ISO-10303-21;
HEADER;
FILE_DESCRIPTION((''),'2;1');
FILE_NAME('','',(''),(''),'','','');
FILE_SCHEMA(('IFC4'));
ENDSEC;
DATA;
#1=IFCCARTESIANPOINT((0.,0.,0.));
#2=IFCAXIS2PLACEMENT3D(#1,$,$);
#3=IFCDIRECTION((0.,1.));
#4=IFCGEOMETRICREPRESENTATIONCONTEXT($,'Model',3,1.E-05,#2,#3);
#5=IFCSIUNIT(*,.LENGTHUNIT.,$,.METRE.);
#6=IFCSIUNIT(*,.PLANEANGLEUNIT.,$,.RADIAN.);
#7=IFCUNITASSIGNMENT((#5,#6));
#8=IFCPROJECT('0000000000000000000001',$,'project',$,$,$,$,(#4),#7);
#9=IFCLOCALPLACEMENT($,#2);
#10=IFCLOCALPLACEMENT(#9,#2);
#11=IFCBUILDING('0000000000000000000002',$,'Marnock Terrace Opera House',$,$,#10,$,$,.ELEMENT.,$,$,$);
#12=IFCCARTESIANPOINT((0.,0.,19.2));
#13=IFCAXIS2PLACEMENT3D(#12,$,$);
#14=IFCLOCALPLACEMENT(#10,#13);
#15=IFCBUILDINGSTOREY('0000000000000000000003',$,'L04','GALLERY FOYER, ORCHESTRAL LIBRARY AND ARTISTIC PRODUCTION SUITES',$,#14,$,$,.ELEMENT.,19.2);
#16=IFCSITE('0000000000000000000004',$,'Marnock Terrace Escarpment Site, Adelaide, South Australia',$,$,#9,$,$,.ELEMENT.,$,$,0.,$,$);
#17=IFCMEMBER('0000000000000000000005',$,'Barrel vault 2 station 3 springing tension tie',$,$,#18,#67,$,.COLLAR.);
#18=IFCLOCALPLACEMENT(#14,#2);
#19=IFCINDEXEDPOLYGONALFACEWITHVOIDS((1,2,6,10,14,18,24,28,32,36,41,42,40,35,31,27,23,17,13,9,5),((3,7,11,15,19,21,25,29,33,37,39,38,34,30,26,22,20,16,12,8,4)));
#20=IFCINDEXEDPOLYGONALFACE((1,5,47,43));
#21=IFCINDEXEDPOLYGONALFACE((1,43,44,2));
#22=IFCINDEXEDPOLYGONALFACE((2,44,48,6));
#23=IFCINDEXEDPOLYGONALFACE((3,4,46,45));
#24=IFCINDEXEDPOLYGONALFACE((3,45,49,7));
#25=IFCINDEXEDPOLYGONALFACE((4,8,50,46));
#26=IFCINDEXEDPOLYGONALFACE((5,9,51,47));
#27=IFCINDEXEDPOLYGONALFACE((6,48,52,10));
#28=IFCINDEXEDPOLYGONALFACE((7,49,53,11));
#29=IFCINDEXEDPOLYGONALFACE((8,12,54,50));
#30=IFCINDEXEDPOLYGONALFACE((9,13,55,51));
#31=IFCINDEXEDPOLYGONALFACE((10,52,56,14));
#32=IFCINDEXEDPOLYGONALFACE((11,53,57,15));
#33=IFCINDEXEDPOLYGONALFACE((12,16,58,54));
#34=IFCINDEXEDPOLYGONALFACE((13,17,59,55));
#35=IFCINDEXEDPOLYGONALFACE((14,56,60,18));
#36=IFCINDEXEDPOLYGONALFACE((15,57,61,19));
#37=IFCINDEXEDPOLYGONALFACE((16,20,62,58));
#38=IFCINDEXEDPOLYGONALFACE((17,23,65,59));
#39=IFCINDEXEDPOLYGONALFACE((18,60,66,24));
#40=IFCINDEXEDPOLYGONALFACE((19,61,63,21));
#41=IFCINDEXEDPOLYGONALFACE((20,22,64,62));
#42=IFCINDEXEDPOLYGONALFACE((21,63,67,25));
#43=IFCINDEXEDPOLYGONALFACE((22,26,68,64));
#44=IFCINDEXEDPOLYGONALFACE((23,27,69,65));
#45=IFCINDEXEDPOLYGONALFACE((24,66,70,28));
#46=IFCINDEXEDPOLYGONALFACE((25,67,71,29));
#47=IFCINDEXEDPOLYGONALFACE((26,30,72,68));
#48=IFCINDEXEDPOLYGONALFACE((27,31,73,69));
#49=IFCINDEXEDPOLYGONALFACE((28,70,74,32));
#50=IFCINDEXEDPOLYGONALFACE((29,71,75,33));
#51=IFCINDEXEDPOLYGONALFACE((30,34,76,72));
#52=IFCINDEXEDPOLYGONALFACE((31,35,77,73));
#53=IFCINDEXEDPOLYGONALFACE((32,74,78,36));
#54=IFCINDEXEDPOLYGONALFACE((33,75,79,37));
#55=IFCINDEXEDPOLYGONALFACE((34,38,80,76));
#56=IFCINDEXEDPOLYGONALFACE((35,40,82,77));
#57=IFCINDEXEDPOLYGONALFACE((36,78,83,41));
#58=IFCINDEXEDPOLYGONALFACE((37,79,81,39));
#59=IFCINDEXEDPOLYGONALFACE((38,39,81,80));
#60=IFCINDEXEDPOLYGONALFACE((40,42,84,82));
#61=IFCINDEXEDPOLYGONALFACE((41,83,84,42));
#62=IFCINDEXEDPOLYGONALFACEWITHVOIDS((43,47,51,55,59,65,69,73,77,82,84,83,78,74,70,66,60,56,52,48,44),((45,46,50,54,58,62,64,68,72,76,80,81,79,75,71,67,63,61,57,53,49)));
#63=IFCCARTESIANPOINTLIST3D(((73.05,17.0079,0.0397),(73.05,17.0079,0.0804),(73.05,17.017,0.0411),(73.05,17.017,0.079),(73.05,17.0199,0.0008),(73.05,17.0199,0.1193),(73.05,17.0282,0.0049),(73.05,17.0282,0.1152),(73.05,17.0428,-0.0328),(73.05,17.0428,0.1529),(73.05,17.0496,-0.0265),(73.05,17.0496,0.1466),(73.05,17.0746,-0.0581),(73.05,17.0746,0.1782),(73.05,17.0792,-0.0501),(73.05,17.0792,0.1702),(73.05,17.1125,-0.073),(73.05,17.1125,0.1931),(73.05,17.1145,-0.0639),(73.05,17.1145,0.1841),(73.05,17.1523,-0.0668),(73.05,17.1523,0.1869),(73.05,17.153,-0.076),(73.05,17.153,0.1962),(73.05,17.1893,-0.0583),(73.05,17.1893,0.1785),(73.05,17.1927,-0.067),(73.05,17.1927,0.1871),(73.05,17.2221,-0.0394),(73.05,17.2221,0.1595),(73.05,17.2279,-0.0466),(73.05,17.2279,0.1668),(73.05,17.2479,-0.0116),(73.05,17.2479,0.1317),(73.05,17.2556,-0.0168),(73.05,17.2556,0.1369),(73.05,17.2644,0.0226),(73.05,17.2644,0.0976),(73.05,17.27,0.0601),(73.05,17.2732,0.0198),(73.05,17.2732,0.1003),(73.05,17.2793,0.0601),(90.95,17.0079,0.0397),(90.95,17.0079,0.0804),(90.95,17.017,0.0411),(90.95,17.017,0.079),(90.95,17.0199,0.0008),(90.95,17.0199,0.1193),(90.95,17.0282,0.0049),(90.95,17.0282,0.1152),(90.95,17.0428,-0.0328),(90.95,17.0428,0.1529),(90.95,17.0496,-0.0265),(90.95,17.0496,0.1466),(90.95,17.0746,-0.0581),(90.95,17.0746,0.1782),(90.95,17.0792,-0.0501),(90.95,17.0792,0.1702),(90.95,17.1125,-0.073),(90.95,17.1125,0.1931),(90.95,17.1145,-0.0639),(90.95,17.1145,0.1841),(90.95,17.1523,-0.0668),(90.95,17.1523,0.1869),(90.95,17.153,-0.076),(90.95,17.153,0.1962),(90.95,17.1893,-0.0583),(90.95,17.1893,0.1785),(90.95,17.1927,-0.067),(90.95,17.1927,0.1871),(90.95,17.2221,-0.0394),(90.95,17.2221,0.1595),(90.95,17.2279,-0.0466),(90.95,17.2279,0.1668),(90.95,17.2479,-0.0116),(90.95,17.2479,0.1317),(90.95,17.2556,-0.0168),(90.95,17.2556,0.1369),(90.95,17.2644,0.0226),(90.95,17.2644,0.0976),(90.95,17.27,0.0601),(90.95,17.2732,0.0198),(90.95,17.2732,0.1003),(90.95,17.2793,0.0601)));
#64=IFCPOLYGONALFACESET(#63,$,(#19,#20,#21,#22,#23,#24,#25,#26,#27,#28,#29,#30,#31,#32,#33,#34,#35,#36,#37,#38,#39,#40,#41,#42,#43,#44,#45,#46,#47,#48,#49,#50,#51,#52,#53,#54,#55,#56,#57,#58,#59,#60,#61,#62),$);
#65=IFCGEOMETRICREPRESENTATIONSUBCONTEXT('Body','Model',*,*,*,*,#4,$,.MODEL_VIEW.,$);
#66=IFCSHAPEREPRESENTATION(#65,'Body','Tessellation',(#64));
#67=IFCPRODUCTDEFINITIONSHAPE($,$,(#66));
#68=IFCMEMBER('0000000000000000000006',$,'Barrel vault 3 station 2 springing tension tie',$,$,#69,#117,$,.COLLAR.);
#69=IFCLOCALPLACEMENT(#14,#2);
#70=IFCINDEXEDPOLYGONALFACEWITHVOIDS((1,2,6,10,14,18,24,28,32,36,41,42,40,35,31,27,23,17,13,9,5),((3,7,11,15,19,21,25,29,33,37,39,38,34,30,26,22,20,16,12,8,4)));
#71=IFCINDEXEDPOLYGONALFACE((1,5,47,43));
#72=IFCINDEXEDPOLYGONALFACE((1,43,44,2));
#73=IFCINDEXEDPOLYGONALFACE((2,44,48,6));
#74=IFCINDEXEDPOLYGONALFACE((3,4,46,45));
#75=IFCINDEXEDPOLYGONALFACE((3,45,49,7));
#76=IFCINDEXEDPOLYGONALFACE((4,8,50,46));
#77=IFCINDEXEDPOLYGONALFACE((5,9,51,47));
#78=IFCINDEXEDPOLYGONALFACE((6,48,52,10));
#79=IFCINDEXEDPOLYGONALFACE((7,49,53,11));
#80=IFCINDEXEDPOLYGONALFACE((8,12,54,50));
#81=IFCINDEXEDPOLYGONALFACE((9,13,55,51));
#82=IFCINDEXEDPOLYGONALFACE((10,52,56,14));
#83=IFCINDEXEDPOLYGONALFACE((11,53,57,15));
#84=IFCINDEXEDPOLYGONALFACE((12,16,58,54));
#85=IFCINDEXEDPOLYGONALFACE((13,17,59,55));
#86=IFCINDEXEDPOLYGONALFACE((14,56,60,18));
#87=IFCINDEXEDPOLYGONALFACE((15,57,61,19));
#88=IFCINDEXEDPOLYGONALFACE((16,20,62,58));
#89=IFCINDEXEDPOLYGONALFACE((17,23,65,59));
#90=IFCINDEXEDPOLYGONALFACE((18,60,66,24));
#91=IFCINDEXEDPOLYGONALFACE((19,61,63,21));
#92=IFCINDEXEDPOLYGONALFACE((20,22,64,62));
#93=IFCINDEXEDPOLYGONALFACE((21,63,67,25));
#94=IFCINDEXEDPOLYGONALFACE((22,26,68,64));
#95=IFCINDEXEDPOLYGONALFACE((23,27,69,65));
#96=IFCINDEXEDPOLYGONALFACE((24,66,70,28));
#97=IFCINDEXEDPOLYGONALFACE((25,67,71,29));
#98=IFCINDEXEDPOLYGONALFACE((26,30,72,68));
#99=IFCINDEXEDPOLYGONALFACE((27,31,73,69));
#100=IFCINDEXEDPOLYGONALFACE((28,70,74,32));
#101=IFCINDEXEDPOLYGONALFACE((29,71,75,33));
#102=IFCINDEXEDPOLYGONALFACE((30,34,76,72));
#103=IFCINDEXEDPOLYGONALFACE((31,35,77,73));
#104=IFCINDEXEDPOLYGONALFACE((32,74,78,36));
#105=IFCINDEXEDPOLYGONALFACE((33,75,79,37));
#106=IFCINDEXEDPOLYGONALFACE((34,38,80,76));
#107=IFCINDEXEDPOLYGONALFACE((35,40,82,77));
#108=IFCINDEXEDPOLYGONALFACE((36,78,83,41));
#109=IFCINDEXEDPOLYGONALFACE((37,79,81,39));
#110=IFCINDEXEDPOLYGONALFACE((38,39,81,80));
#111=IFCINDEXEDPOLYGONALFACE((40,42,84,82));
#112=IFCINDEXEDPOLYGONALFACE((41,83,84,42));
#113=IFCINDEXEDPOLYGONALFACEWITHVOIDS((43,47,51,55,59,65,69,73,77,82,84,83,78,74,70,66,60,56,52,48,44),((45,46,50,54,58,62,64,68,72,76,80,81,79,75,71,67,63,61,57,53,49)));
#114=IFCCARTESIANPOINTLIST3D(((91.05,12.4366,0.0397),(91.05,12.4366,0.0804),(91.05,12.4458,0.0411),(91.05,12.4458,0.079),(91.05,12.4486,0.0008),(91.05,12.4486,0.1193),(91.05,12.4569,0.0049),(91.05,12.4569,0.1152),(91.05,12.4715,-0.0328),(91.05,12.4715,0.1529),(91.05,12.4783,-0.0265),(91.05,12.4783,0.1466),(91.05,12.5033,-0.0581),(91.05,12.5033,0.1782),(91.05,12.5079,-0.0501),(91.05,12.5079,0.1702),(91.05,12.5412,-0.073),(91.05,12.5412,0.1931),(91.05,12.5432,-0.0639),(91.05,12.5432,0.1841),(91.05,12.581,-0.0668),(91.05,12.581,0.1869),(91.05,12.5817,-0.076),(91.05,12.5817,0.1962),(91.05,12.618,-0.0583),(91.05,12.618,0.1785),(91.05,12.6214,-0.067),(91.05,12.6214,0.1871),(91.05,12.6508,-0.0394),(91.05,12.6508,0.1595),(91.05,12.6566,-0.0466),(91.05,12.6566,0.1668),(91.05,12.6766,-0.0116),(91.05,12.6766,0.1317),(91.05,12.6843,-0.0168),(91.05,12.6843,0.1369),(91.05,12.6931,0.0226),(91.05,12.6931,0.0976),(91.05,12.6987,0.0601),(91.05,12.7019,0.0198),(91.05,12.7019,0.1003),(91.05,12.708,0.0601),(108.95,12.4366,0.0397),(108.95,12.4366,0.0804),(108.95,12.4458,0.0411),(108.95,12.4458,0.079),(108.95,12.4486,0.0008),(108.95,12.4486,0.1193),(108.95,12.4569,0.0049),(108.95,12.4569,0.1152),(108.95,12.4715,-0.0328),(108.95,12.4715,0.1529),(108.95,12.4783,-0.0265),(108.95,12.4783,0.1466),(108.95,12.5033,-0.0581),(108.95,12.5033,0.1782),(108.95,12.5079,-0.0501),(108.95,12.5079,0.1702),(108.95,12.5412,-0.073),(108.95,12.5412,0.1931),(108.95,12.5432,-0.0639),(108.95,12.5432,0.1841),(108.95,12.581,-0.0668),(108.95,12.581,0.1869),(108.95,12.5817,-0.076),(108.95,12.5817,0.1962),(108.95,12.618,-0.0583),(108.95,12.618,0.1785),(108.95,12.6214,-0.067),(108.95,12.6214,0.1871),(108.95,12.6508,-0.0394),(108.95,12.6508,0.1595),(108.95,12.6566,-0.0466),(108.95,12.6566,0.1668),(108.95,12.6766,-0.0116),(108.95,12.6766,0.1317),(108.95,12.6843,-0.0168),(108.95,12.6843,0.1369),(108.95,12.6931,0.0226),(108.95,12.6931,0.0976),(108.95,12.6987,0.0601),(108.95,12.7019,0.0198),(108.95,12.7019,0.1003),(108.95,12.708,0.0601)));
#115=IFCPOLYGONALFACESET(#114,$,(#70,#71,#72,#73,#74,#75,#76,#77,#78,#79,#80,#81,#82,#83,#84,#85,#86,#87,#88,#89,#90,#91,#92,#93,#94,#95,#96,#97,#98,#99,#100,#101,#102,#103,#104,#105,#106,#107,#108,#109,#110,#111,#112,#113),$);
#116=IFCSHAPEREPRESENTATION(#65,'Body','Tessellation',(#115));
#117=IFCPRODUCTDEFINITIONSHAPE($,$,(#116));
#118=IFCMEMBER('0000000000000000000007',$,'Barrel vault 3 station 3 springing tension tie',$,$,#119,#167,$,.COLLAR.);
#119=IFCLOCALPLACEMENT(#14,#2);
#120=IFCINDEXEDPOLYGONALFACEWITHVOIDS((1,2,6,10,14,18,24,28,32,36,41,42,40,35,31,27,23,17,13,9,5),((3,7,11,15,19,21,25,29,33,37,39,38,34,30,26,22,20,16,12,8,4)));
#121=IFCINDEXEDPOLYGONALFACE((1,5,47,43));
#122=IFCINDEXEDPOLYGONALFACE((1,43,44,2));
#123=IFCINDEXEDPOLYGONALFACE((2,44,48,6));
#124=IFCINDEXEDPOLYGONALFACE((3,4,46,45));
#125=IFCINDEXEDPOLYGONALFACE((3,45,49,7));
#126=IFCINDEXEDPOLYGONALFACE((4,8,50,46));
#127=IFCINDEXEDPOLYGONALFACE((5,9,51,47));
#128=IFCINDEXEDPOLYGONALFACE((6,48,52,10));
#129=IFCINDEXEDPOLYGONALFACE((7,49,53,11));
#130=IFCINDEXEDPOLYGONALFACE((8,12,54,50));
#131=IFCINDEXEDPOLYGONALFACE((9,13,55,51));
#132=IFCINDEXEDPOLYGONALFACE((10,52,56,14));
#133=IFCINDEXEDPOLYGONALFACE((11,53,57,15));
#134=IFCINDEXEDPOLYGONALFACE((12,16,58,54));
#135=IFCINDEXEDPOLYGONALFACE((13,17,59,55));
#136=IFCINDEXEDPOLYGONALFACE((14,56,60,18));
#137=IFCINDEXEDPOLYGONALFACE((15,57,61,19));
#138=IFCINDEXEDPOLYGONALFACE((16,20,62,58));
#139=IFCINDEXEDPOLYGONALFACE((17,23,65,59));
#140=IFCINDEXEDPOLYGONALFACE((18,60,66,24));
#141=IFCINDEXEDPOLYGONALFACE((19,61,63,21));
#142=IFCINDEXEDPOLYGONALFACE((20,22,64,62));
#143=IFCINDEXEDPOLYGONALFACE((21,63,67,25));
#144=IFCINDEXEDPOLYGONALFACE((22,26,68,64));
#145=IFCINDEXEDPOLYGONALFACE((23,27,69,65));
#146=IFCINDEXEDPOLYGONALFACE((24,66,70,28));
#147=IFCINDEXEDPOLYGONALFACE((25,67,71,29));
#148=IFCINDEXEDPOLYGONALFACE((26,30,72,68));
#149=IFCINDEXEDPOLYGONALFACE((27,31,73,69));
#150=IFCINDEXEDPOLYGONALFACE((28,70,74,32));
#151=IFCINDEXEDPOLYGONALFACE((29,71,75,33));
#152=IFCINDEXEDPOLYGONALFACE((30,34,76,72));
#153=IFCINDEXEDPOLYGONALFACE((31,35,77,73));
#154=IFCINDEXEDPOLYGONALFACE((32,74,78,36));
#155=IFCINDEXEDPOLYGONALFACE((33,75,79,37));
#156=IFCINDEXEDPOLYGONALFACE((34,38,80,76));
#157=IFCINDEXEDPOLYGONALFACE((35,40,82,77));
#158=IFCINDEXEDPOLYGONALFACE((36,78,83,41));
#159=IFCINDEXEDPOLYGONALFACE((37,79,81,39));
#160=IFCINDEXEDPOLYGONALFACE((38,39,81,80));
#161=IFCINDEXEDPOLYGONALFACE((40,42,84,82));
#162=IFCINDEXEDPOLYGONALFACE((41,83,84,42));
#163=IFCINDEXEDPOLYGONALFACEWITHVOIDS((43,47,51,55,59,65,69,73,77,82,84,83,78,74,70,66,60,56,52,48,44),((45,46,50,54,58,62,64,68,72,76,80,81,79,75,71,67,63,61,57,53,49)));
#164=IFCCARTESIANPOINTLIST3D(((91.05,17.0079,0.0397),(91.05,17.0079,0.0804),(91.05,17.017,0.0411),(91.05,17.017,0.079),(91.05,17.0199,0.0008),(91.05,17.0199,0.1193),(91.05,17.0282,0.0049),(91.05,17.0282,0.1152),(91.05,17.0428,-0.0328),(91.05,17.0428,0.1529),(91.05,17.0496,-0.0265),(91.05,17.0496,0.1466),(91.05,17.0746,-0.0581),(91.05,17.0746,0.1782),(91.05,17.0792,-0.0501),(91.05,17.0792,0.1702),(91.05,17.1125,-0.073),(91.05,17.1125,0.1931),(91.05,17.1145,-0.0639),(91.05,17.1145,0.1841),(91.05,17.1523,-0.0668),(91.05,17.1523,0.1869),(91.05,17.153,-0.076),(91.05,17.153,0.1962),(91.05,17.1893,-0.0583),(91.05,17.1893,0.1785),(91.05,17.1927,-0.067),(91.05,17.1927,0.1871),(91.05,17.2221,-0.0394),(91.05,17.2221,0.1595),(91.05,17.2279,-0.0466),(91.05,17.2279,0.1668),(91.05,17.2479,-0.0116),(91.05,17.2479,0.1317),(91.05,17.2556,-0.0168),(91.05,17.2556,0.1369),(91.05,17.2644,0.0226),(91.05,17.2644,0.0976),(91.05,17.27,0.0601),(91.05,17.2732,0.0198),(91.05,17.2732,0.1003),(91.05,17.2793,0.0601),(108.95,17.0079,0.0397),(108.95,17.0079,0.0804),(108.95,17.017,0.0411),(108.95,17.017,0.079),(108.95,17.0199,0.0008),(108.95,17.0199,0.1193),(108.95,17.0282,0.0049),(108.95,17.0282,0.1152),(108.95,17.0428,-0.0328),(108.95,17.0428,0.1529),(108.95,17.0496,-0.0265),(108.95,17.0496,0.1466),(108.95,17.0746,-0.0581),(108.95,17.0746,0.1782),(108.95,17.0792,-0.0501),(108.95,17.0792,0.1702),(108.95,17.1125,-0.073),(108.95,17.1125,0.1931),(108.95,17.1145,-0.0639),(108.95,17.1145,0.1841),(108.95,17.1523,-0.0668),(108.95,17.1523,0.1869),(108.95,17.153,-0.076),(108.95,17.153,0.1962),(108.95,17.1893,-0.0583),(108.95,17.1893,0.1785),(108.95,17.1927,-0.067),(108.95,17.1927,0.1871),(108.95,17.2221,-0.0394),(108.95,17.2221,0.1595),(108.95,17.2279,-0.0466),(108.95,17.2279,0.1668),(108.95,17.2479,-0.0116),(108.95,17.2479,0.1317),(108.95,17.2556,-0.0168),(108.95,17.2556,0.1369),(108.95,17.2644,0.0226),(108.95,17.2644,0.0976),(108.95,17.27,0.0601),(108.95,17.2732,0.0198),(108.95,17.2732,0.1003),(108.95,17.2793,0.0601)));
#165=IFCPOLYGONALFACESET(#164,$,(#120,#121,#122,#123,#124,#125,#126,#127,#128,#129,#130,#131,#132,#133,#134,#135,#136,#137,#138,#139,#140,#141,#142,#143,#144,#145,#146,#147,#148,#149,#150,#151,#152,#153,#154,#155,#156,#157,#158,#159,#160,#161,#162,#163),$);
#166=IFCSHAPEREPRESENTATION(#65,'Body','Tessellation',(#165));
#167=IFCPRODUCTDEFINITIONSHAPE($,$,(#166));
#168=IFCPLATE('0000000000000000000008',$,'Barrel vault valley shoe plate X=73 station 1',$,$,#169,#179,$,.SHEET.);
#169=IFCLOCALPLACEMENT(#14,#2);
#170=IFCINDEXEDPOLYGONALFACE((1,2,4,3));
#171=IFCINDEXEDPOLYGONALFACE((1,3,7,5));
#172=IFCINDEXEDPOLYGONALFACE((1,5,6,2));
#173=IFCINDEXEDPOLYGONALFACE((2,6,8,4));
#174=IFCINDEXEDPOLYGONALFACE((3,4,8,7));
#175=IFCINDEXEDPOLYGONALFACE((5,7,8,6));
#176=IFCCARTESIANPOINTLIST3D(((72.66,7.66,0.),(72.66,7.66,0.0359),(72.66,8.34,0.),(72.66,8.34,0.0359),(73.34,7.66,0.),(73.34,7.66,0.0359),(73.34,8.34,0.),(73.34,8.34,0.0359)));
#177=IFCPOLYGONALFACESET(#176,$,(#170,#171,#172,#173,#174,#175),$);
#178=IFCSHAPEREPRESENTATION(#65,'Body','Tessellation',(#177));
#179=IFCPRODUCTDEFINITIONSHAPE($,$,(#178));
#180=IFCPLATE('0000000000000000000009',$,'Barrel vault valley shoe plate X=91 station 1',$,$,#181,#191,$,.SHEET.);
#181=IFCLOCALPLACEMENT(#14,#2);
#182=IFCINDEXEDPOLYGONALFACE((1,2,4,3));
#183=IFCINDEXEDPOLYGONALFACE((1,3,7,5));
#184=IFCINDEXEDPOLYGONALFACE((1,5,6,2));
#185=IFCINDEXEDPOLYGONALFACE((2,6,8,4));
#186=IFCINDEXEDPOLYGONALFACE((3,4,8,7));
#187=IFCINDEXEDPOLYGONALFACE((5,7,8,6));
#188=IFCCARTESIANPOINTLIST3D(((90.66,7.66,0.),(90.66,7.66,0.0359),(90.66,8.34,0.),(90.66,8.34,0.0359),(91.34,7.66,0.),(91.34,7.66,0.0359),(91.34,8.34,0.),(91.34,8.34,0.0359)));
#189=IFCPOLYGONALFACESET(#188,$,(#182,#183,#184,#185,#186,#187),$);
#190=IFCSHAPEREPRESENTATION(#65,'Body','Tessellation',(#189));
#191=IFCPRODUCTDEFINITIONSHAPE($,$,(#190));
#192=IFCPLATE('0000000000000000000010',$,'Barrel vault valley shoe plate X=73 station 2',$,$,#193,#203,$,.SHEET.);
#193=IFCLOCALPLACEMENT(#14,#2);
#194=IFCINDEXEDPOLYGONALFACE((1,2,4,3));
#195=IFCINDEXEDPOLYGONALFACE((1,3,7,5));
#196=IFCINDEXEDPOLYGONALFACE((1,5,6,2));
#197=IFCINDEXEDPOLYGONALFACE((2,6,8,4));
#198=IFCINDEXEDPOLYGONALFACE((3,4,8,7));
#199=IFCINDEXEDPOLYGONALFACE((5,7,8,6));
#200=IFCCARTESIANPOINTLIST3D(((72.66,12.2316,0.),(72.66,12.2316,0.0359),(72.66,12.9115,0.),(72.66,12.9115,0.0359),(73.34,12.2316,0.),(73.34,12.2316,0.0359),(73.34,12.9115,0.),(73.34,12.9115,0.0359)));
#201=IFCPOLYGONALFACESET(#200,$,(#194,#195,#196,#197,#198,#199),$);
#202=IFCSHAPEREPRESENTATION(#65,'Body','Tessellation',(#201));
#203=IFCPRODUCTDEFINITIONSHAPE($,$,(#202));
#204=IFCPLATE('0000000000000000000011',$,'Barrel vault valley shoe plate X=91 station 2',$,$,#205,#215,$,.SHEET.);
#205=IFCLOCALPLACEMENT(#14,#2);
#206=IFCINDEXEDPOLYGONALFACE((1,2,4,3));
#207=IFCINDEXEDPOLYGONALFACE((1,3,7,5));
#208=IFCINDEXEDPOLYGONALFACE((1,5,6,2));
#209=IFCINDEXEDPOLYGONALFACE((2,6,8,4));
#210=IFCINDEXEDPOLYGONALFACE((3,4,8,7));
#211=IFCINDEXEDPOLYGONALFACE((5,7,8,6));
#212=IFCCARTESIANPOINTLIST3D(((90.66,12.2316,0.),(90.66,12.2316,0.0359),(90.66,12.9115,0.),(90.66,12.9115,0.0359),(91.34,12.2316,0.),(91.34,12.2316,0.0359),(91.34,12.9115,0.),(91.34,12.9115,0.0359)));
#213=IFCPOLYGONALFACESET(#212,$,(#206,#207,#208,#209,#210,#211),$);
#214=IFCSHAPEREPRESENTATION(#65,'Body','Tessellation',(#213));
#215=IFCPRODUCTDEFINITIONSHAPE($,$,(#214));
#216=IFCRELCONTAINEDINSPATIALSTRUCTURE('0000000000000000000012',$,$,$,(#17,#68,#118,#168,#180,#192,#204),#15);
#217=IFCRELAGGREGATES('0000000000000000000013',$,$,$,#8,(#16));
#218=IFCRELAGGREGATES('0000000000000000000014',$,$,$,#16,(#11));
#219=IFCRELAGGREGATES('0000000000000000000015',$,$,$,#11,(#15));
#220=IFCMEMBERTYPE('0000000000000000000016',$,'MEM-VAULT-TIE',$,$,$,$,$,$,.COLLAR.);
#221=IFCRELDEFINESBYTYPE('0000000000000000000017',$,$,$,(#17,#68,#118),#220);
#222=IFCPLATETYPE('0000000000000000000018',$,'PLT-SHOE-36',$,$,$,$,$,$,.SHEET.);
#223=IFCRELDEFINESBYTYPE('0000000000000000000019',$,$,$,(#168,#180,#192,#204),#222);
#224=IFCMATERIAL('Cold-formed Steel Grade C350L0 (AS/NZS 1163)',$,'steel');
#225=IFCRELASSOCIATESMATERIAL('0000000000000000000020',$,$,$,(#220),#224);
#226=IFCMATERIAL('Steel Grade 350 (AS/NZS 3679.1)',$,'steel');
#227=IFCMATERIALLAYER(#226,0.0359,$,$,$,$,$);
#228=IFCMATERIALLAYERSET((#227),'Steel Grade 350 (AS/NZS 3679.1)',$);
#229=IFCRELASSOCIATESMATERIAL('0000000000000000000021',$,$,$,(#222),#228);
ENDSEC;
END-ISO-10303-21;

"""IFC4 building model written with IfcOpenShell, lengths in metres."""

from ifc_helpers import new_model, si_unit, direction, frame, origin, origin_2d, place, context, subcontext, project, spatial, rectangle, hollow_circle, extrude, material, layer, layer_set, material_profile, profile_set, type_object, element, save


model = new_model("IFC4")

# Units and contexts
model_context = context("Model", 3, precision=1e-05, world=origin(), true_north=direction((0.0, 1.0)))
body_context = subcontext(model_context, "Body", "Model", "MODEL_VIEW")
ifc_project = project(units=[si_unit("LENGTHUNIT", "METRE"), si_unit("PLANEANGLEUNIT", "RADIAN")], contexts=[model_context])

# Site, building, storey
site_placement = place(None, origin())
site = spatial("IfcSite", under=ifc_project, at=site_placement, Name="Marnock Terrace Escarpment Site, Adelaide, South Australia", CompositionType="ELEMENT", RefElevation=0.0)
building_placement = place(site_placement, origin())
building = spatial("IfcBuilding", under=site, at=building_placement, Name="Marnock Terrace Opera House", CompositionType="ELEMENT")
storey_placement = place(building_placement, frame((0.0, 0.0, 19.2)))
storey = spatial("IfcBuildingStorey", under=building, at=storey_placement, Name="L04", Description="GALLERY FOYER, ORCHESTRAL LIBRARY AND ARTISTIC PRODUCTION SUITES", CompositionType="ELEMENT", Elevation=19.2)

# Members
ifc_material_1 = material(Name="Cold-formed Steel Grade C350L0 (AS/NZS 1163)", Category="steel")
ifc_material_profile_1 = material_profile(ifc_material_1, hollow_circle(Radius=0.1365, WallThickness=0.0093, at=origin_2d()))
ifc_profile_set_1 = profile_set([ifc_material_profile_1], Name="Cold-formed Steel Grade C350L0 (AS/NZS 1163)")
member_type = type_object("IfcMemberType", Name="MEM-VAULT-TIE", PredefinedType="COLLAR", material=ifc_profile_set_1)
for number, where, z_axis, x_axis, name in (
    (1, (73.05, 17.1428, 0.0601), (1.0, 0.0, 0.0), (0.0, 1.0, 0.0), "Barrel vault 2 station 3 springing tension tie"),
    (2, (91.05, 12.5715, 0.0601), (1.0, 0.0, 0.0), (0.0, 1.0, 0.0), "Barrel vault 3 station 2 springing tension tie"),
    (3, (91.05, 17.1428, 0.0601), (1.0, 0.0, 0.0), (0.0, 1.0, 0.0), "Barrel vault 3 station 3 springing tension tie"),
):
    element("IfcMember", number, at=place(storey_placement, frame(where, z_axis=z_axis, x_axis=x_axis)), inside=storey, type_object=member_type, Name=name, PredefinedType="COLLAR", context=body_context, shape_type="SweptSolid", body=[
        extrude(hollow_circle(Radius=0.1365, WallThickness=0.0093, at=origin_2d()), origin(), (0.0, 0.0, 1.0), 17.8999),
    ])

# Plates
ifc_material_2 = material(Name="Steel Grade 350 (AS/NZS 3679.1)", Category="steel")
ifc_layer_1 = layer(ifc_material_2, 0.0359)
ifc_layer_set_1 = layer_set([ifc_layer_1], Name="Steel Grade 350 (AS/NZS 3679.1)")
plate_type = type_object("IfcPlateType", Name="PLT-SHOE-36", PredefinedType="SHEET", material=ifc_layer_set_1)
for number, where, z_axis, x_axis, name in (
    (4, (73.0, 8.0, 0.0), (0.0, 0.0, 1.0), (1.0, 0.0, 0.0), "Barrel vault valley shoe plate X=73 station 1"),
    (5, (91.0, 8.0, 0.0), (0.0, 0.0, 1.0), (1.0, 0.0, 0.0), "Barrel vault valley shoe plate X=91 station 1"),
    (6, (73.0, 12.5715, 0.0), (0.0, 0.0, 1.0), (1.0, 0.0, 0.0), "Barrel vault valley shoe plate X=73 station 2"),
    (7, (91.0, 12.5715, 0.0), (0.0, 0.0, 1.0), (1.0, 0.0, 0.0), "Barrel vault valley shoe plate X=91 station 2"),
):
    element("IfcPlate", number, at=place(storey_placement, frame(where, z_axis=z_axis, x_axis=x_axis)), inside=storey, type_object=plate_type, Name=name, PredefinedType="SHEET", context=body_context, shape_type="SweptSolid", body=[
        extrude(rectangle(XDim=0.6799, YDim=0.6799, at=origin_2d()), origin(), (0.0, 0.0, 1.0), 0.0359),
    ])

save(model, "model.ifc")
